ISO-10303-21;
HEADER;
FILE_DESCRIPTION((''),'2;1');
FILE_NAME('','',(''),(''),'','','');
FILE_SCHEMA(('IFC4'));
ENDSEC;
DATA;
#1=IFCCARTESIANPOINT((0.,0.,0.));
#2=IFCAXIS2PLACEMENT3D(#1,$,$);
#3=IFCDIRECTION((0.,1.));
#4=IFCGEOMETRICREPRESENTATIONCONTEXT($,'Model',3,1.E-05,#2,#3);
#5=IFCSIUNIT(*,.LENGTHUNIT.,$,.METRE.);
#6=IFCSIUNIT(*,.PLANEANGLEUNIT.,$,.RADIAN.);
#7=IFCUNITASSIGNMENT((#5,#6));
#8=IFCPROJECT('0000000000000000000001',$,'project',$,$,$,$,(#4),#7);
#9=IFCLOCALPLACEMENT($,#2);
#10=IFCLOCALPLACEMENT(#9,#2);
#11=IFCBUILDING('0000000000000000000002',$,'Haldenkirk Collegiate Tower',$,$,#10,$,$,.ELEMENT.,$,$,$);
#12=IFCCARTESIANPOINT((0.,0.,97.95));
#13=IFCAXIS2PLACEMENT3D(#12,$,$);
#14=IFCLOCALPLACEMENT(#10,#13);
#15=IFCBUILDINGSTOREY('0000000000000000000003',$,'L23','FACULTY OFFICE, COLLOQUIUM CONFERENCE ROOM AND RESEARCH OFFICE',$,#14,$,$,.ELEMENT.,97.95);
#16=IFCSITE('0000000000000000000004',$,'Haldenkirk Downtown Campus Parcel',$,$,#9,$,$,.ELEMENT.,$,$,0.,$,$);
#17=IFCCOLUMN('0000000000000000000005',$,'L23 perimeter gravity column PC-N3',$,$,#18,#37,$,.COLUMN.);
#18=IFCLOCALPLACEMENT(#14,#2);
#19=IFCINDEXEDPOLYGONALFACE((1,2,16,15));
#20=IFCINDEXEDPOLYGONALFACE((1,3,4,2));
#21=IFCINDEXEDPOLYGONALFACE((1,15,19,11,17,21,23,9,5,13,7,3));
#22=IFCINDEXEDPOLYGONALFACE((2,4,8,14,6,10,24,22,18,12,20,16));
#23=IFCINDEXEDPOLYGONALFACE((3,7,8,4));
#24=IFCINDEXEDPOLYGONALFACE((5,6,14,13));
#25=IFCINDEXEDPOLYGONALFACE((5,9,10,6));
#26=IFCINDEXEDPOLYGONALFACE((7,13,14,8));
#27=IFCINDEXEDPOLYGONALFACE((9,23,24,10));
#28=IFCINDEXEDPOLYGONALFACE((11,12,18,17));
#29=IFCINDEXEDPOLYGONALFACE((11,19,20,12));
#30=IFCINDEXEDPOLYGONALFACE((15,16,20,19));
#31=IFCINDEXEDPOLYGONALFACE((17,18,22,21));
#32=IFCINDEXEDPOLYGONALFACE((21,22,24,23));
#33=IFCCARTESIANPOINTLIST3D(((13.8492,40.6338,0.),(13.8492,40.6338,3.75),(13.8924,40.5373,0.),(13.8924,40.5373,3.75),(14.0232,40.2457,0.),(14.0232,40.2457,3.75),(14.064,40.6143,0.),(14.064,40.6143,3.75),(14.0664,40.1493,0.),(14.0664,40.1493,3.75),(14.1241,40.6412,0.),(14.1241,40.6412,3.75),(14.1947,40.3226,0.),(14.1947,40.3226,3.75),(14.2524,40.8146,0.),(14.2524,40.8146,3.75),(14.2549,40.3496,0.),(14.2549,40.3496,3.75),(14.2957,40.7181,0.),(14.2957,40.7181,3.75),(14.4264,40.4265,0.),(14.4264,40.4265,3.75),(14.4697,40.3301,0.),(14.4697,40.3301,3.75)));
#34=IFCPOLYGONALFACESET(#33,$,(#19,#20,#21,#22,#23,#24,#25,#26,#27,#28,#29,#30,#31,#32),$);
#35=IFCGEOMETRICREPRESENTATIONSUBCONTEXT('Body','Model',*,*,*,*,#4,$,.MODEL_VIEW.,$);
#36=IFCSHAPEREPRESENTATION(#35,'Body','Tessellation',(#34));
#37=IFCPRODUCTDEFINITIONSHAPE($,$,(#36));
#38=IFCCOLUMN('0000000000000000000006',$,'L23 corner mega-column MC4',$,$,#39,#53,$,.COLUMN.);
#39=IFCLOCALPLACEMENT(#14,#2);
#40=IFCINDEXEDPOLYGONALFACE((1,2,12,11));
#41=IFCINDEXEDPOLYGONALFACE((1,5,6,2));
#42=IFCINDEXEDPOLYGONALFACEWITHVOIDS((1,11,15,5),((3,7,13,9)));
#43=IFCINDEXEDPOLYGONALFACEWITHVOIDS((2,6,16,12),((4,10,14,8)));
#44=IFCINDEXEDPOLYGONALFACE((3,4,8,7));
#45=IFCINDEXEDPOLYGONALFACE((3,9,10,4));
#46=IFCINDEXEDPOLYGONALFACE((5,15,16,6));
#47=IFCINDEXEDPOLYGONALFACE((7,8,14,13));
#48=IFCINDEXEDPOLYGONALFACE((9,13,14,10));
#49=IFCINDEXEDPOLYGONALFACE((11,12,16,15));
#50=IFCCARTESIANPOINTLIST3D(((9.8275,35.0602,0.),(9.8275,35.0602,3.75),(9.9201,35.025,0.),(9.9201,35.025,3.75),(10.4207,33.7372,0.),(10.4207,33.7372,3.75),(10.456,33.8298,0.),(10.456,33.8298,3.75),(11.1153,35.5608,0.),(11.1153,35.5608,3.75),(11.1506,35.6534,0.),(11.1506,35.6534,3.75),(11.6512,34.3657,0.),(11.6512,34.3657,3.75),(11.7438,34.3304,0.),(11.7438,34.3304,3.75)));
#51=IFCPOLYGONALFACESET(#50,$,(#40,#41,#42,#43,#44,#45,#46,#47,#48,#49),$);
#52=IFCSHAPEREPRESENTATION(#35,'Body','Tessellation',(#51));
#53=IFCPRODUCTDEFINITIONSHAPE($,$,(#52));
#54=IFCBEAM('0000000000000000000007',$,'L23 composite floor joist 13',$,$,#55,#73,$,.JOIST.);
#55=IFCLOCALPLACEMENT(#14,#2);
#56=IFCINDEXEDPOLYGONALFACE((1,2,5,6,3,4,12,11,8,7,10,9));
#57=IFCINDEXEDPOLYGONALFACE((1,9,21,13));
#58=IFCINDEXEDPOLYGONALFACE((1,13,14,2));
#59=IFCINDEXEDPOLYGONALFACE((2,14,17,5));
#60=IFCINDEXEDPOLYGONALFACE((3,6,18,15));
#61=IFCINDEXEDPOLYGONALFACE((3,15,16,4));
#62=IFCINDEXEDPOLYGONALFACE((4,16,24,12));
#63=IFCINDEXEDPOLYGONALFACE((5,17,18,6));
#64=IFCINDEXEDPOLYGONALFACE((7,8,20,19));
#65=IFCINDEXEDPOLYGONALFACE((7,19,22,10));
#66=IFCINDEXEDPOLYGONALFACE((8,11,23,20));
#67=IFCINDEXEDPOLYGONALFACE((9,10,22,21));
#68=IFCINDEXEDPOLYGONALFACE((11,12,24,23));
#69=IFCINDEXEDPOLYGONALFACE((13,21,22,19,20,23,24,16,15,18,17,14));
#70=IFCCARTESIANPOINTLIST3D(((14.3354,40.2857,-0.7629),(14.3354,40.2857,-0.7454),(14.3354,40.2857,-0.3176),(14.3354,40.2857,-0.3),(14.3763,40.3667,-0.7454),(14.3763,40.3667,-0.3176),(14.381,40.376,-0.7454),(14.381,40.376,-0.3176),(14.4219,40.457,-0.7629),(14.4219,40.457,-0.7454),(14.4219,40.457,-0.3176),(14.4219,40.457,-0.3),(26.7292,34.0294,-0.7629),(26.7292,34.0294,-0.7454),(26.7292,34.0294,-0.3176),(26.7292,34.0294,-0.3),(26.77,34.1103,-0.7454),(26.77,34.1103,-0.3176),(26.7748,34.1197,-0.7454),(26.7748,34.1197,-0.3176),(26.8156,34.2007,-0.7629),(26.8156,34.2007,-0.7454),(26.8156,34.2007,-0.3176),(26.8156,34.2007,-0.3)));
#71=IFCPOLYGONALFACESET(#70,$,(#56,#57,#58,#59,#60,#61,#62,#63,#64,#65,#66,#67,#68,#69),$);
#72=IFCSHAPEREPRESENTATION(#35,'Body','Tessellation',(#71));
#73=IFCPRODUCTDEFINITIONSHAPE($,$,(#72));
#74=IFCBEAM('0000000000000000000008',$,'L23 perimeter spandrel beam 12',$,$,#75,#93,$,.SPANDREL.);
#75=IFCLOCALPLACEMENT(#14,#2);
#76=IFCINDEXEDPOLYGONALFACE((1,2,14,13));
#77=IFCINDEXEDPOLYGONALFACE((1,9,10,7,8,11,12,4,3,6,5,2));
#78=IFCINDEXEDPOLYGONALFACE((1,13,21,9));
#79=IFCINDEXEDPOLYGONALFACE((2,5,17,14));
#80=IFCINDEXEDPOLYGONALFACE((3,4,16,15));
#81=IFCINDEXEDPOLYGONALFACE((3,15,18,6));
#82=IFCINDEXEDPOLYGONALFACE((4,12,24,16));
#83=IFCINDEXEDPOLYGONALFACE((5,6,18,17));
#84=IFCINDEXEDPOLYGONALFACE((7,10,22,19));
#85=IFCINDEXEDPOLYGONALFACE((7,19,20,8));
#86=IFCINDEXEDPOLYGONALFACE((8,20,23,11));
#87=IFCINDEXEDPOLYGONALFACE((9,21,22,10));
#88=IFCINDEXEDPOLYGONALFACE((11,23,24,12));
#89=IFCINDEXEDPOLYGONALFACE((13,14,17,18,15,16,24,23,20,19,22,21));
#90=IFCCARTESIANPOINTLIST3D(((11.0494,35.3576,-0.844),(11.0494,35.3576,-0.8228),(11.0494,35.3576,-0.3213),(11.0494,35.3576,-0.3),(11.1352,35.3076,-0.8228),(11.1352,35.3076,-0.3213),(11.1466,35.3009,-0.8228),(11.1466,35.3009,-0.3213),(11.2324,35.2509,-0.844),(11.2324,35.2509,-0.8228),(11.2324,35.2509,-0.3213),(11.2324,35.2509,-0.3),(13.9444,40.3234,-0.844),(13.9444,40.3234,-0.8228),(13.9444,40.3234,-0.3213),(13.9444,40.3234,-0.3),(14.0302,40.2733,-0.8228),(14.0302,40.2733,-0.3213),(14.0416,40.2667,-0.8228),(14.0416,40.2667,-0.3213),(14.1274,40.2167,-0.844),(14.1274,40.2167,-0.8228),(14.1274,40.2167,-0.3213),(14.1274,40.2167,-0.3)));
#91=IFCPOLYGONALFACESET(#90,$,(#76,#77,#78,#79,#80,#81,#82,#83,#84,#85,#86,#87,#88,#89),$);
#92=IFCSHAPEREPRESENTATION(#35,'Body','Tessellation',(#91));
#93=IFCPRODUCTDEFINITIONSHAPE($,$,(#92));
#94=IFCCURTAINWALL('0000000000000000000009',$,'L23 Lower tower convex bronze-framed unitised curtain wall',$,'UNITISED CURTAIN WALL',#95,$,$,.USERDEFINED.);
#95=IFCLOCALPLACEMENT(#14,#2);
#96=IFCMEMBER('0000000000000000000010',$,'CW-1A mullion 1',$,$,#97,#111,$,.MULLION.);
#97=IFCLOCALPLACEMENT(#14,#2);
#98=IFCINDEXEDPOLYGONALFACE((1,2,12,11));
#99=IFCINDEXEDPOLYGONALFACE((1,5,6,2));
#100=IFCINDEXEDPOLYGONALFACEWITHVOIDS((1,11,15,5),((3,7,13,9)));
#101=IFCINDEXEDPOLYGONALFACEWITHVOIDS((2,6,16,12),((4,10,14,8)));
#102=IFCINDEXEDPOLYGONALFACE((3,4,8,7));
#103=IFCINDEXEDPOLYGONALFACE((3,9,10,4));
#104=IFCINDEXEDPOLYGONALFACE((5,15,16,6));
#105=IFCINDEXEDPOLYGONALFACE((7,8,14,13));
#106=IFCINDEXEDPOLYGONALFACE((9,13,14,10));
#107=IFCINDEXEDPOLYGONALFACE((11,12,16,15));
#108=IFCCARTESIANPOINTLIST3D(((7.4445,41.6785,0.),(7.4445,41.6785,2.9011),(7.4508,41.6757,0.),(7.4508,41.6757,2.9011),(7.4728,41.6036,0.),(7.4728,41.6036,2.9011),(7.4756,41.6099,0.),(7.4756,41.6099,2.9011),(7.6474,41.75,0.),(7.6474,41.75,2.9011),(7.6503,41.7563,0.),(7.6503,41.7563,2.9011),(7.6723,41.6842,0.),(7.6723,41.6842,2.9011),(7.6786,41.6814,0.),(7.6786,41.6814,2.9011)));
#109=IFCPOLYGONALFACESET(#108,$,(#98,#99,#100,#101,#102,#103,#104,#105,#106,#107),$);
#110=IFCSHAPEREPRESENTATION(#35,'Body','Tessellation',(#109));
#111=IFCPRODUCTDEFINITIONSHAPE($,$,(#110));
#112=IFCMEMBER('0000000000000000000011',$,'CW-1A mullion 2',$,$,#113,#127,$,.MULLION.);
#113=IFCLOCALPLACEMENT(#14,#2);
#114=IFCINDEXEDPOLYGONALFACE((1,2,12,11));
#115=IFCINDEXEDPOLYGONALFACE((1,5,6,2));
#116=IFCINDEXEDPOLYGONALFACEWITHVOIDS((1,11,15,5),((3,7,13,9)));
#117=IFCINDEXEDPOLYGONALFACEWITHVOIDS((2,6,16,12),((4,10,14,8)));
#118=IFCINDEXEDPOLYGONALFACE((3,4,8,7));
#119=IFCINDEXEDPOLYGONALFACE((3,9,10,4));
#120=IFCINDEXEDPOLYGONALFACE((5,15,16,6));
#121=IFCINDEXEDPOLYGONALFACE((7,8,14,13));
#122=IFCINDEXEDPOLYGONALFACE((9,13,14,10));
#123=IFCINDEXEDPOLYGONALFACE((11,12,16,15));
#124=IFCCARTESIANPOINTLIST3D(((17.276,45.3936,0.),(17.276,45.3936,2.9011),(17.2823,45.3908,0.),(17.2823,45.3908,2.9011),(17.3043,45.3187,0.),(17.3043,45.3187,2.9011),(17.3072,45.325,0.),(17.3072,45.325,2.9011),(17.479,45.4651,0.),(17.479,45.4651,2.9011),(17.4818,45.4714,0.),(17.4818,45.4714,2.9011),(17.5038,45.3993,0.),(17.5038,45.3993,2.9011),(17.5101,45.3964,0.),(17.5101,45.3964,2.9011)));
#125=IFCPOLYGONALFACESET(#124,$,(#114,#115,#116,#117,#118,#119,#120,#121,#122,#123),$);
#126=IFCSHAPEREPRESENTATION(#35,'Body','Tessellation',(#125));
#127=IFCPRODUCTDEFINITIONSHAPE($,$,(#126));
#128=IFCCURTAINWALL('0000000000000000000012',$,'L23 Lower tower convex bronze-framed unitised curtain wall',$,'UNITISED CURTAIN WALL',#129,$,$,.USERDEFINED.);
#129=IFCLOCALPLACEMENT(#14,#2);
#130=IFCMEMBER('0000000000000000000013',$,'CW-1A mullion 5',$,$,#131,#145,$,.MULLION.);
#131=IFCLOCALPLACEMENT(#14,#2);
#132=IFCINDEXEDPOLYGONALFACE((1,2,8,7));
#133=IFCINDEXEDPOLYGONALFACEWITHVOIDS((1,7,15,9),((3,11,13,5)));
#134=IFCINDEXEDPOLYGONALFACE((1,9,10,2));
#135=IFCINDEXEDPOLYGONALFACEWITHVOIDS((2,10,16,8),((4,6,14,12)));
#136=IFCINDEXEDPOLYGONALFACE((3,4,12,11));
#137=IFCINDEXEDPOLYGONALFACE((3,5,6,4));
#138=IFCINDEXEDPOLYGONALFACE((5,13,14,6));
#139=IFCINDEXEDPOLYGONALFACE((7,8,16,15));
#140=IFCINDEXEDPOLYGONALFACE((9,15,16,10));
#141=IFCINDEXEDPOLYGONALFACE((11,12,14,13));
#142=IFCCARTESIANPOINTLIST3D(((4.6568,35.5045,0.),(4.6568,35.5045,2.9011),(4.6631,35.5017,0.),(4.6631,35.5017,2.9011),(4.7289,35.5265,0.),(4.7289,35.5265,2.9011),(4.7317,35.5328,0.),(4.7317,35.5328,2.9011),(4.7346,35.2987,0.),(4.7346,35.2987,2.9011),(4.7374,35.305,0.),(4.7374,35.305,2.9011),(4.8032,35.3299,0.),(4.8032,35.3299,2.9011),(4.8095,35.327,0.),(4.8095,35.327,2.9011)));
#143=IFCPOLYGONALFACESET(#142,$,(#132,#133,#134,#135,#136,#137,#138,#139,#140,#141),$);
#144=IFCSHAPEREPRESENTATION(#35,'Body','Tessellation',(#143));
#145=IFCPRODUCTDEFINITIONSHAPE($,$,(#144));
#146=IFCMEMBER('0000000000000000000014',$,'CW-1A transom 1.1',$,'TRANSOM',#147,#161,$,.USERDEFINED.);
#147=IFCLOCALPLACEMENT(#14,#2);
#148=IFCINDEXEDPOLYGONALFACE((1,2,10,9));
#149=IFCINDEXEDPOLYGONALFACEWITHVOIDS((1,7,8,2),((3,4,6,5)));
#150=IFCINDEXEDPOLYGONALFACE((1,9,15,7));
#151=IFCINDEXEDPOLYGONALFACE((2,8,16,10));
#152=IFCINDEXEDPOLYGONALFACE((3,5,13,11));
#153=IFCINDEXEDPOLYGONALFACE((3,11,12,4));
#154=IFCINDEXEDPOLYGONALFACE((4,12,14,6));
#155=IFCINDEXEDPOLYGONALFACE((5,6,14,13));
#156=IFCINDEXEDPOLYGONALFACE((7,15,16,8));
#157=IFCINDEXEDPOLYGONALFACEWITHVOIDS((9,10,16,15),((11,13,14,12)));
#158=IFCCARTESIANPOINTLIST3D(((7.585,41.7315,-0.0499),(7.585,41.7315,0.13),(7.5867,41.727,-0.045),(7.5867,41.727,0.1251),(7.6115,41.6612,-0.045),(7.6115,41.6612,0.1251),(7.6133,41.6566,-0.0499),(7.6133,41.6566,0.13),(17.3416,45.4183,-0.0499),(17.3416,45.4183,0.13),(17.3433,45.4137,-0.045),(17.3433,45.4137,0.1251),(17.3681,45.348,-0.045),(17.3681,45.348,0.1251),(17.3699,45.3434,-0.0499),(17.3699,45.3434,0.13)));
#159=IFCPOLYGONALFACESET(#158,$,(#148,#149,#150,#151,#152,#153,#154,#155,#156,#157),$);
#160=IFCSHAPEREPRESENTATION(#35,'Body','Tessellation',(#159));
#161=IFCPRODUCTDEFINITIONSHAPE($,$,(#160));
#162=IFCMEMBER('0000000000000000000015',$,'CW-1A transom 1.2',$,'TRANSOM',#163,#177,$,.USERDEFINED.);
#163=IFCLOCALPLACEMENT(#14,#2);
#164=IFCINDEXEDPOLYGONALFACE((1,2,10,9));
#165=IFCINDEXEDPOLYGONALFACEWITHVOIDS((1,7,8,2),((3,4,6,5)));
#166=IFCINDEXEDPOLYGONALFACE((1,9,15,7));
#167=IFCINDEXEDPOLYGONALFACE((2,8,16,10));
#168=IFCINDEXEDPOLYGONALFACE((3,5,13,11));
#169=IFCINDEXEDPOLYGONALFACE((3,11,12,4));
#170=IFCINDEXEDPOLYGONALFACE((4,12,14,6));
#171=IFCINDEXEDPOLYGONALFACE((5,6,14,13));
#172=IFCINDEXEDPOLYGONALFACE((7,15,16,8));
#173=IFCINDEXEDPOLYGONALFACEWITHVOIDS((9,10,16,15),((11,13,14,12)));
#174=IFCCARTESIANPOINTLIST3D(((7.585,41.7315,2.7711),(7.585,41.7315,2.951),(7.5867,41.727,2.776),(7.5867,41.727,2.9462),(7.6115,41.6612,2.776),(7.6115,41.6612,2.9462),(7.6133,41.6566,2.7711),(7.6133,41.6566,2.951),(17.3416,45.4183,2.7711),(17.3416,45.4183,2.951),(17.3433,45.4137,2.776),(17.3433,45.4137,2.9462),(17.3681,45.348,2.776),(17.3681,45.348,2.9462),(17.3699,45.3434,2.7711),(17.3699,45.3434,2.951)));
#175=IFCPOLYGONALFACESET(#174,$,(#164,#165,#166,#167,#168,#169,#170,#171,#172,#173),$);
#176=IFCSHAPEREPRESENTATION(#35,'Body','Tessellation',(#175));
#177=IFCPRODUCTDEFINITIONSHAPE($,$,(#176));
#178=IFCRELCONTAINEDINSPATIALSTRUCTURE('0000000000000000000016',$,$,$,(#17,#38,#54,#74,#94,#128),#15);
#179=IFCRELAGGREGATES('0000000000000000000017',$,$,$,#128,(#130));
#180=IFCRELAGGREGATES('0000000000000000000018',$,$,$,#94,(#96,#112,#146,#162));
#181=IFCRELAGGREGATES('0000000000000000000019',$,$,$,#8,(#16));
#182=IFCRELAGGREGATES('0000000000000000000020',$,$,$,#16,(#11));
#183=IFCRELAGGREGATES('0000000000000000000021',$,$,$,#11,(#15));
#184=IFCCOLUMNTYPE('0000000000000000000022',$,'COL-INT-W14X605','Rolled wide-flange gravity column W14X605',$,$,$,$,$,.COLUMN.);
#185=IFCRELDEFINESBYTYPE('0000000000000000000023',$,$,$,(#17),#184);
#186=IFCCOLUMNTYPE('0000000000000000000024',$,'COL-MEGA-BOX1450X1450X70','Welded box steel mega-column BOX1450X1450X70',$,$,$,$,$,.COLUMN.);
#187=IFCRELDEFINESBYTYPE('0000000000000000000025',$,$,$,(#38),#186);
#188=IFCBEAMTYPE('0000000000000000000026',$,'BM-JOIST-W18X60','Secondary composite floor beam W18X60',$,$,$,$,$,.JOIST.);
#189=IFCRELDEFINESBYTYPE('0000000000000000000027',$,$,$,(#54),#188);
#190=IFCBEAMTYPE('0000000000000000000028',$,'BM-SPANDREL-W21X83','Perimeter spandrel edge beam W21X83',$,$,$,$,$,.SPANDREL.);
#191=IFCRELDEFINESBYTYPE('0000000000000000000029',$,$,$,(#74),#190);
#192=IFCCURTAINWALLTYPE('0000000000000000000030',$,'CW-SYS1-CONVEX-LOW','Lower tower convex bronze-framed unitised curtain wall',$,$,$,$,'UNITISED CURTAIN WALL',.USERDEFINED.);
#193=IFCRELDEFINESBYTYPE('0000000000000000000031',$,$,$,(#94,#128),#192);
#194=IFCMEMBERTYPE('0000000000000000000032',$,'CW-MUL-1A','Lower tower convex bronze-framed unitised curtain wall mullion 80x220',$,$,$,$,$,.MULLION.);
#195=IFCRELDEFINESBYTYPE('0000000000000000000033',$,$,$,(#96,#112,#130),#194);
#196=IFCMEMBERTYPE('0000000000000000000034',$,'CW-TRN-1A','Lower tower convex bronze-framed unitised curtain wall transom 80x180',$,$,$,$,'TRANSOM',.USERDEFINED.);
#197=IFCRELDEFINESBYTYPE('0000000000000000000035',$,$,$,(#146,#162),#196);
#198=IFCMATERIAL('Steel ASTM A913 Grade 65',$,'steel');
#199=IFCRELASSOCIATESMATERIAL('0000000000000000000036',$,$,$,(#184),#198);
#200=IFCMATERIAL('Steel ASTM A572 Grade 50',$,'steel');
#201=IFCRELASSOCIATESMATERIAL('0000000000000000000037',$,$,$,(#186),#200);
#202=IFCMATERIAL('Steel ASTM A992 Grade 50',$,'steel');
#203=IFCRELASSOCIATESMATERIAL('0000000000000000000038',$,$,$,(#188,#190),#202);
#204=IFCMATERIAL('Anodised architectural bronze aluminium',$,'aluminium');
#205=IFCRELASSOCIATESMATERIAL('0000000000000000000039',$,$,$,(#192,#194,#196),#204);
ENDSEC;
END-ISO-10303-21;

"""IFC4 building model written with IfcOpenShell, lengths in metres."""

from ifc_helpers import new_model, si_unit, direction, frame, origin, origin_2d, place, context, subcontext, project, spatial, hollow_rectangle, i_section, extrude, material, material_profile, profile_set, type_object, element, aggregate, save


model = new_model("IFC4")

# Units and contexts
model_context = context("Model", 3, precision=1e-05, world=origin(), true_north=direction((0.0, 1.0)))
body_context = subcontext(model_context, "Body", "Model", "MODEL_VIEW")
ifc_project = project(units=[si_unit("LENGTHUNIT", "METRE"), si_unit("PLANEANGLEUNIT", "RADIAN")], contexts=[model_context])

# Site, building, storey
site_placement = place(None, origin())
site = spatial("IfcSite", under=ifc_project, at=site_placement, Name="Haldenkirk Downtown Campus Parcel", CompositionType="ELEMENT", RefElevation=0.0)
building_placement = place(site_placement, origin())
building = spatial("IfcBuilding", under=site, at=building_placement, Name="Haldenkirk Collegiate Tower", CompositionType="ELEMENT")
storey_placement = place(building_placement, frame((0.0, 0.0, 97.95)))
storey = spatial("IfcBuildingStorey", under=building, at=storey_placement, Name="L23", Description="FACULTY OFFICE, COLLOQUIUM CONFERENCE ROOM AND RESEARCH OFFICE", CompositionType="ELEMENT", Elevation=97.95)

# Columns
ifc_material_1 = material(Name="Steel ASTM A913 Grade 65", Category="steel")
ifc_material_profile_1 = material_profile(ifc_material_1, i_section(OverallWidth=0.4419, OverallDepth=0.531, WebThickness=0.0659, FlangeThickness=0.1057, at=origin_2d()), Name="W14X605")
ifc_profile_set_1 = profile_set([ifc_material_profile_1], Name="Steel ASTM A913 Grade 65")
column_type_1 = type_object("IfcColumnType", Name="COL-INT-W14X605", Description="Rolled wide-flange gravity column W14X605", PredefinedType="COLUMN", material=ifc_profile_set_1)
column_1_placement = place(storey_placement, frame((14.1594, 40.4819, 0.0), z_axis=(0.0, 0.0, 1.0), x_axis=(0.912477, 0.409127, 0.0)))
element("IfcColumn", 1, at=column_1_placement, inside=storey, type_object=column_type_1, Name="L23 perimeter gravity column PC-N3", PredefinedType="COLUMN", context=body_context, shape_type="SweptSolid", body=[
    extrude(i_section(OverallWidth=0.4419, OverallDepth=0.531, WebThickness=0.0659, FlangeThickness=0.1057, at=origin_2d()), origin(), (0.0, 0.0, 1.0), 3.75),
])
ifc_material_2 = material(Name="Steel ASTM A572 Grade 50", Category="steel")
ifc_material_profile_2 = material_profile(ifc_material_2, hollow_rectangle(XDim=1.45, YDim=1.45, WallThickness=0.0701, at=origin_2d()), Name="BOX1450X1450X70")
ifc_profile_set_2 = profile_set([ifc_material_profile_2], Name="Steel ASTM A572 Grade 50")
column_type_2 = type_object("IfcColumnType", Name="COL-MEGA-BOX1450X1450X70", Description="Welded box steel mega-column BOX1450X1450X70", PredefinedType="COLUMN", material=ifc_profile_set_2)
column_2_placement = place(storey_placement, frame((10.7856, 34.6953, 0.0), z_axis=(0.0, 0.0, 1.0), x_axis=(0.912477, 0.409127, 0.0)))
element("IfcColumn", 2, at=column_2_placement, inside=storey, type_object=column_type_2, Name="L23 corner mega-column MC4", PredefinedType="COLUMN", context=body_context, shape_type="SweptSolid", body=[
    extrude(hollow_rectangle(XDim=1.45, YDim=1.45, WallThickness=0.0701, at=origin_2d()), origin(), (0.0, 0.0, 1.0), 3.75),
])

# Beams
ifc_material_3 = material(Name="Steel ASTM A992 Grade 50", Category="steel")
ifc_material_profile_3 = material_profile(ifc_material_3, i_section(OverallWidth=0.1919, OverallDepth=0.4629, WebThickness=0.0105, FlangeThickness=0.0176, at=origin_2d()), Name="W18X60")
ifc_profile_set_3 = profile_set([ifc_material_profile_3], Name="Steel ASTM A992 Grade 50")
beam_type_1 = type_object("IfcBeamType", Name="BM-JOIST-W18X60", Description="Secondary composite floor beam W18X60", PredefinedType="JOIST", material=ifc_profile_set_3)
beam_1_placement = place(storey_placement, frame((14.3787, 40.3713, -0.5315), z_axis=(0.892708, -0.450636, 0.0), x_axis=(0.450636, 0.892708, 0.0)))
element("IfcBeam", 3, at=beam_1_placement, inside=storey, type_object=beam_type_1, Name="L23 composite floor joist 13", PredefinedType="JOIST", context=body_context, shape_type="SweptSolid", body=[
    extrude(i_section(OverallWidth=0.1919, OverallDepth=0.4629, WebThickness=0.0105, FlangeThickness=0.0176, at=origin_2d()), origin(), (0.0, 0.0, 1.0), 13.8833),
])
ifc_material_profile_4 = material_profile(ifc_material_3, i_section(OverallWidth=0.2119, OverallDepth=0.5439, WebThickness=0.0132, FlangeThickness=0.0212, at=origin_2d()), Name="W21X83")
ifc_profile_set_4 = profile_set([ifc_material_profile_4], Name="Steel ASTM A992 Grade 50")
beam_type_2 = type_object("IfcBeamType", Name="BM-SPANDREL-W21X83", Description="Perimeter spandrel edge beam W21X83", PredefinedType="SPANDREL", material=ifc_profile_set_4)
beam_2_placement = place(storey_placement, frame((14.0359, 40.27, -0.572), z_axis=(-0.503649, -0.863908, 0.0), x_axis=(0.863908, -0.503649, 0.0)))
element("IfcBeam", 4, at=beam_2_placement, inside=storey, type_object=beam_type_2, Name="L23 perimeter spandrel beam 12", PredefinedType="SPANDREL", context=body_context, shape_type="SweptSolid", body=[
    extrude(i_section(OverallWidth=0.2119, OverallDepth=0.5439, WebThickness=0.0132, FlangeThickness=0.0212, at=origin_2d()), origin(), (0.0, 0.0, 1.0), 5.748),
])

# Curtain wall, members
ifc_material_4 = material(Name="Anodised architectural bronze aluminium", Category="aluminium")
curtain_wall_type = type_object("IfcCurtainWallType", Name="CW-SYS1-CONVEX-LOW", Description="Lower tower convex bronze-framed unitised curtain wall", ElementType="UNITISED CURTAIN WALL", PredefinedType="USERDEFINED", material=ifc_material_4)
curtain_wall_1_placement = place(storey_placement, origin())
curtain_wall_1 = element("IfcCurtainWall", 5, at=curtain_wall_1_placement, inside=storey, type_object=curtain_wall_type, Name="L23 Lower tower convex bronze-framed unitised curtain wall", ObjectType="UNITISED CURTAIN WALL", PredefinedType="USERDEFINED")
ifc_material_profile_5 = material_profile(ifc_material_4, hollow_rectangle(XDim=0.0801, YDim=0.22, WallThickness=0.0049, at=origin_2d()), Name="CW-MUL-1A")
ifc_profile_set_5 = profile_set([ifc_material_profile_5], Name="Anodised architectural bronze aluminium")
member_type_1 = type_object("IfcMemberType", Name="CW-MUL-1A", Description="Lower tower convex bronze-framed unitised curtain wall mullion 80x220", PredefinedType="MULLION", material=ifc_profile_set_5)
member_1_placement = place(storey_placement, frame((7.5615, 41.6799, 0.0), z_axis=(0.0, 0.0, 1.0), x_axis=(-0.353476, 0.935443, 0.0)))
member_1 = element("IfcMember", 6, at=member_1_placement, type_object=member_type_1, Name="CW-1A mullion 1", PredefinedType="MULLION", context=body_context, shape_type="SweptSolid", body=[
    extrude(hollow_rectangle(XDim=0.0801, YDim=0.22, WallThickness=0.0049, at=origin_2d()), origin(), (0.0, 0.0, 1.0), 2.9011),
])
member_2_placement = place(storey_placement, frame((17.3931, 45.395, 0.0), z_axis=(0.0, 0.0, 1.0), x_axis=(-0.353476, 0.935443, 0.0)))
member_2 = element("IfcMember", 7, at=member_2_placement, type_object=member_type_1, Name="CW-1A mullion 2", PredefinedType="MULLION", context=body_context, shape_type="SweptSolid", body=[
    extrude(hollow_rectangle(XDim=0.0801, YDim=0.22, WallThickness=0.0049, at=origin_2d()), origin(), (0.0, 0.0, 1.0), 2.9011),
])

# Curtain wall, member
curtain_wall_2_placement = place(storey_placement, origin())
curtain_wall_2 = element("IfcCurtainWall", 8, at=curtain_wall_2_placement, inside=storey, type_object=curtain_wall_type, Name="L23 Lower tower convex bronze-framed unitised curtain wall", ObjectType="UNITISED CURTAIN WALL", PredefinedType="USERDEFINED")
member_3_placement = place(storey_placement, frame((4.7332, 35.4158, 0.0), z_axis=(0.0, 0.0, 1.0), x_axis=(-0.935443, -0.353477, 0.0)))
member_3 = element("IfcMember", 9, at=member_3_placement, type_object=member_type_1, Name="CW-1A mullion 5", PredefinedType="MULLION", context=body_context, shape_type="SweptSolid", body=[
    extrude(hollow_rectangle(XDim=0.0801, YDim=0.22, WallThickness=0.0049, at=origin_2d()), origin(), (0.0, 0.0, 1.0), 2.9011),
])
aggregate(curtain_wall_2, [member_3])

# Members
ifc_material_profile_6 = material_profile(ifc_material_4, hollow_rectangle(XDim=0.0801, YDim=0.1799, WallThickness=0.0049, at=origin_2d()), Name="CW-TRN-1A")
ifc_profile_set_6 = profile_set([ifc_material_profile_6], Name="Anodised architectural bronze aluminium")
member_type_2 = type_object("IfcMemberType", Name="CW-TRN-1A", Description="Lower tower convex bronze-framed unitised curtain wall transom 80x180", ElementType="TRANSOM", PredefinedType="USERDEFINED", material=ifc_profile_set_6)
member_4_placement = place(storey_placement, frame((7.5991, 41.6941, 0.04), z_axis=(0.935442, 0.35348, 0.0), x_axis=(-0.35348, 0.935442, 0.0)))
member_4 = element("IfcMember", 10, at=member_4_placement, type_object=member_type_2, Name="CW-1A transom 1.1", ObjectType="TRANSOM", PredefinedType="USERDEFINED", context=body_context, shape_type="SweptSolid", body=[
    extrude(hollow_rectangle(XDim=0.0801, YDim=0.1799, WallThickness=0.0049, at=origin_2d()), origin(), (0.0, 0.0, 1.0), 10.4299),
])
member_5_placement = place(storey_placement, frame((7.5991, 41.6941, 2.8611), z_axis=(0.935442, 0.35348, 0.0), x_axis=(-0.35348, 0.935442, 0.0)))
member_5 = element("IfcMember", 11, at=member_5_placement, type_object=member_type_2, Name="CW-1A transom 1.2", ObjectType="TRANSOM", PredefinedType="USERDEFINED", context=body_context, shape_type="SweptSolid", body=[
    extrude(hollow_rectangle(XDim=0.0801, YDim=0.1799, WallThickness=0.0049, at=origin_2d()), origin(), (0.0, 0.0, 1.0), 10.4299),
])

aggregate(curtain_wall_1, [member_1, member_2, member_4, member_5])

save(model, "model.ifc")
